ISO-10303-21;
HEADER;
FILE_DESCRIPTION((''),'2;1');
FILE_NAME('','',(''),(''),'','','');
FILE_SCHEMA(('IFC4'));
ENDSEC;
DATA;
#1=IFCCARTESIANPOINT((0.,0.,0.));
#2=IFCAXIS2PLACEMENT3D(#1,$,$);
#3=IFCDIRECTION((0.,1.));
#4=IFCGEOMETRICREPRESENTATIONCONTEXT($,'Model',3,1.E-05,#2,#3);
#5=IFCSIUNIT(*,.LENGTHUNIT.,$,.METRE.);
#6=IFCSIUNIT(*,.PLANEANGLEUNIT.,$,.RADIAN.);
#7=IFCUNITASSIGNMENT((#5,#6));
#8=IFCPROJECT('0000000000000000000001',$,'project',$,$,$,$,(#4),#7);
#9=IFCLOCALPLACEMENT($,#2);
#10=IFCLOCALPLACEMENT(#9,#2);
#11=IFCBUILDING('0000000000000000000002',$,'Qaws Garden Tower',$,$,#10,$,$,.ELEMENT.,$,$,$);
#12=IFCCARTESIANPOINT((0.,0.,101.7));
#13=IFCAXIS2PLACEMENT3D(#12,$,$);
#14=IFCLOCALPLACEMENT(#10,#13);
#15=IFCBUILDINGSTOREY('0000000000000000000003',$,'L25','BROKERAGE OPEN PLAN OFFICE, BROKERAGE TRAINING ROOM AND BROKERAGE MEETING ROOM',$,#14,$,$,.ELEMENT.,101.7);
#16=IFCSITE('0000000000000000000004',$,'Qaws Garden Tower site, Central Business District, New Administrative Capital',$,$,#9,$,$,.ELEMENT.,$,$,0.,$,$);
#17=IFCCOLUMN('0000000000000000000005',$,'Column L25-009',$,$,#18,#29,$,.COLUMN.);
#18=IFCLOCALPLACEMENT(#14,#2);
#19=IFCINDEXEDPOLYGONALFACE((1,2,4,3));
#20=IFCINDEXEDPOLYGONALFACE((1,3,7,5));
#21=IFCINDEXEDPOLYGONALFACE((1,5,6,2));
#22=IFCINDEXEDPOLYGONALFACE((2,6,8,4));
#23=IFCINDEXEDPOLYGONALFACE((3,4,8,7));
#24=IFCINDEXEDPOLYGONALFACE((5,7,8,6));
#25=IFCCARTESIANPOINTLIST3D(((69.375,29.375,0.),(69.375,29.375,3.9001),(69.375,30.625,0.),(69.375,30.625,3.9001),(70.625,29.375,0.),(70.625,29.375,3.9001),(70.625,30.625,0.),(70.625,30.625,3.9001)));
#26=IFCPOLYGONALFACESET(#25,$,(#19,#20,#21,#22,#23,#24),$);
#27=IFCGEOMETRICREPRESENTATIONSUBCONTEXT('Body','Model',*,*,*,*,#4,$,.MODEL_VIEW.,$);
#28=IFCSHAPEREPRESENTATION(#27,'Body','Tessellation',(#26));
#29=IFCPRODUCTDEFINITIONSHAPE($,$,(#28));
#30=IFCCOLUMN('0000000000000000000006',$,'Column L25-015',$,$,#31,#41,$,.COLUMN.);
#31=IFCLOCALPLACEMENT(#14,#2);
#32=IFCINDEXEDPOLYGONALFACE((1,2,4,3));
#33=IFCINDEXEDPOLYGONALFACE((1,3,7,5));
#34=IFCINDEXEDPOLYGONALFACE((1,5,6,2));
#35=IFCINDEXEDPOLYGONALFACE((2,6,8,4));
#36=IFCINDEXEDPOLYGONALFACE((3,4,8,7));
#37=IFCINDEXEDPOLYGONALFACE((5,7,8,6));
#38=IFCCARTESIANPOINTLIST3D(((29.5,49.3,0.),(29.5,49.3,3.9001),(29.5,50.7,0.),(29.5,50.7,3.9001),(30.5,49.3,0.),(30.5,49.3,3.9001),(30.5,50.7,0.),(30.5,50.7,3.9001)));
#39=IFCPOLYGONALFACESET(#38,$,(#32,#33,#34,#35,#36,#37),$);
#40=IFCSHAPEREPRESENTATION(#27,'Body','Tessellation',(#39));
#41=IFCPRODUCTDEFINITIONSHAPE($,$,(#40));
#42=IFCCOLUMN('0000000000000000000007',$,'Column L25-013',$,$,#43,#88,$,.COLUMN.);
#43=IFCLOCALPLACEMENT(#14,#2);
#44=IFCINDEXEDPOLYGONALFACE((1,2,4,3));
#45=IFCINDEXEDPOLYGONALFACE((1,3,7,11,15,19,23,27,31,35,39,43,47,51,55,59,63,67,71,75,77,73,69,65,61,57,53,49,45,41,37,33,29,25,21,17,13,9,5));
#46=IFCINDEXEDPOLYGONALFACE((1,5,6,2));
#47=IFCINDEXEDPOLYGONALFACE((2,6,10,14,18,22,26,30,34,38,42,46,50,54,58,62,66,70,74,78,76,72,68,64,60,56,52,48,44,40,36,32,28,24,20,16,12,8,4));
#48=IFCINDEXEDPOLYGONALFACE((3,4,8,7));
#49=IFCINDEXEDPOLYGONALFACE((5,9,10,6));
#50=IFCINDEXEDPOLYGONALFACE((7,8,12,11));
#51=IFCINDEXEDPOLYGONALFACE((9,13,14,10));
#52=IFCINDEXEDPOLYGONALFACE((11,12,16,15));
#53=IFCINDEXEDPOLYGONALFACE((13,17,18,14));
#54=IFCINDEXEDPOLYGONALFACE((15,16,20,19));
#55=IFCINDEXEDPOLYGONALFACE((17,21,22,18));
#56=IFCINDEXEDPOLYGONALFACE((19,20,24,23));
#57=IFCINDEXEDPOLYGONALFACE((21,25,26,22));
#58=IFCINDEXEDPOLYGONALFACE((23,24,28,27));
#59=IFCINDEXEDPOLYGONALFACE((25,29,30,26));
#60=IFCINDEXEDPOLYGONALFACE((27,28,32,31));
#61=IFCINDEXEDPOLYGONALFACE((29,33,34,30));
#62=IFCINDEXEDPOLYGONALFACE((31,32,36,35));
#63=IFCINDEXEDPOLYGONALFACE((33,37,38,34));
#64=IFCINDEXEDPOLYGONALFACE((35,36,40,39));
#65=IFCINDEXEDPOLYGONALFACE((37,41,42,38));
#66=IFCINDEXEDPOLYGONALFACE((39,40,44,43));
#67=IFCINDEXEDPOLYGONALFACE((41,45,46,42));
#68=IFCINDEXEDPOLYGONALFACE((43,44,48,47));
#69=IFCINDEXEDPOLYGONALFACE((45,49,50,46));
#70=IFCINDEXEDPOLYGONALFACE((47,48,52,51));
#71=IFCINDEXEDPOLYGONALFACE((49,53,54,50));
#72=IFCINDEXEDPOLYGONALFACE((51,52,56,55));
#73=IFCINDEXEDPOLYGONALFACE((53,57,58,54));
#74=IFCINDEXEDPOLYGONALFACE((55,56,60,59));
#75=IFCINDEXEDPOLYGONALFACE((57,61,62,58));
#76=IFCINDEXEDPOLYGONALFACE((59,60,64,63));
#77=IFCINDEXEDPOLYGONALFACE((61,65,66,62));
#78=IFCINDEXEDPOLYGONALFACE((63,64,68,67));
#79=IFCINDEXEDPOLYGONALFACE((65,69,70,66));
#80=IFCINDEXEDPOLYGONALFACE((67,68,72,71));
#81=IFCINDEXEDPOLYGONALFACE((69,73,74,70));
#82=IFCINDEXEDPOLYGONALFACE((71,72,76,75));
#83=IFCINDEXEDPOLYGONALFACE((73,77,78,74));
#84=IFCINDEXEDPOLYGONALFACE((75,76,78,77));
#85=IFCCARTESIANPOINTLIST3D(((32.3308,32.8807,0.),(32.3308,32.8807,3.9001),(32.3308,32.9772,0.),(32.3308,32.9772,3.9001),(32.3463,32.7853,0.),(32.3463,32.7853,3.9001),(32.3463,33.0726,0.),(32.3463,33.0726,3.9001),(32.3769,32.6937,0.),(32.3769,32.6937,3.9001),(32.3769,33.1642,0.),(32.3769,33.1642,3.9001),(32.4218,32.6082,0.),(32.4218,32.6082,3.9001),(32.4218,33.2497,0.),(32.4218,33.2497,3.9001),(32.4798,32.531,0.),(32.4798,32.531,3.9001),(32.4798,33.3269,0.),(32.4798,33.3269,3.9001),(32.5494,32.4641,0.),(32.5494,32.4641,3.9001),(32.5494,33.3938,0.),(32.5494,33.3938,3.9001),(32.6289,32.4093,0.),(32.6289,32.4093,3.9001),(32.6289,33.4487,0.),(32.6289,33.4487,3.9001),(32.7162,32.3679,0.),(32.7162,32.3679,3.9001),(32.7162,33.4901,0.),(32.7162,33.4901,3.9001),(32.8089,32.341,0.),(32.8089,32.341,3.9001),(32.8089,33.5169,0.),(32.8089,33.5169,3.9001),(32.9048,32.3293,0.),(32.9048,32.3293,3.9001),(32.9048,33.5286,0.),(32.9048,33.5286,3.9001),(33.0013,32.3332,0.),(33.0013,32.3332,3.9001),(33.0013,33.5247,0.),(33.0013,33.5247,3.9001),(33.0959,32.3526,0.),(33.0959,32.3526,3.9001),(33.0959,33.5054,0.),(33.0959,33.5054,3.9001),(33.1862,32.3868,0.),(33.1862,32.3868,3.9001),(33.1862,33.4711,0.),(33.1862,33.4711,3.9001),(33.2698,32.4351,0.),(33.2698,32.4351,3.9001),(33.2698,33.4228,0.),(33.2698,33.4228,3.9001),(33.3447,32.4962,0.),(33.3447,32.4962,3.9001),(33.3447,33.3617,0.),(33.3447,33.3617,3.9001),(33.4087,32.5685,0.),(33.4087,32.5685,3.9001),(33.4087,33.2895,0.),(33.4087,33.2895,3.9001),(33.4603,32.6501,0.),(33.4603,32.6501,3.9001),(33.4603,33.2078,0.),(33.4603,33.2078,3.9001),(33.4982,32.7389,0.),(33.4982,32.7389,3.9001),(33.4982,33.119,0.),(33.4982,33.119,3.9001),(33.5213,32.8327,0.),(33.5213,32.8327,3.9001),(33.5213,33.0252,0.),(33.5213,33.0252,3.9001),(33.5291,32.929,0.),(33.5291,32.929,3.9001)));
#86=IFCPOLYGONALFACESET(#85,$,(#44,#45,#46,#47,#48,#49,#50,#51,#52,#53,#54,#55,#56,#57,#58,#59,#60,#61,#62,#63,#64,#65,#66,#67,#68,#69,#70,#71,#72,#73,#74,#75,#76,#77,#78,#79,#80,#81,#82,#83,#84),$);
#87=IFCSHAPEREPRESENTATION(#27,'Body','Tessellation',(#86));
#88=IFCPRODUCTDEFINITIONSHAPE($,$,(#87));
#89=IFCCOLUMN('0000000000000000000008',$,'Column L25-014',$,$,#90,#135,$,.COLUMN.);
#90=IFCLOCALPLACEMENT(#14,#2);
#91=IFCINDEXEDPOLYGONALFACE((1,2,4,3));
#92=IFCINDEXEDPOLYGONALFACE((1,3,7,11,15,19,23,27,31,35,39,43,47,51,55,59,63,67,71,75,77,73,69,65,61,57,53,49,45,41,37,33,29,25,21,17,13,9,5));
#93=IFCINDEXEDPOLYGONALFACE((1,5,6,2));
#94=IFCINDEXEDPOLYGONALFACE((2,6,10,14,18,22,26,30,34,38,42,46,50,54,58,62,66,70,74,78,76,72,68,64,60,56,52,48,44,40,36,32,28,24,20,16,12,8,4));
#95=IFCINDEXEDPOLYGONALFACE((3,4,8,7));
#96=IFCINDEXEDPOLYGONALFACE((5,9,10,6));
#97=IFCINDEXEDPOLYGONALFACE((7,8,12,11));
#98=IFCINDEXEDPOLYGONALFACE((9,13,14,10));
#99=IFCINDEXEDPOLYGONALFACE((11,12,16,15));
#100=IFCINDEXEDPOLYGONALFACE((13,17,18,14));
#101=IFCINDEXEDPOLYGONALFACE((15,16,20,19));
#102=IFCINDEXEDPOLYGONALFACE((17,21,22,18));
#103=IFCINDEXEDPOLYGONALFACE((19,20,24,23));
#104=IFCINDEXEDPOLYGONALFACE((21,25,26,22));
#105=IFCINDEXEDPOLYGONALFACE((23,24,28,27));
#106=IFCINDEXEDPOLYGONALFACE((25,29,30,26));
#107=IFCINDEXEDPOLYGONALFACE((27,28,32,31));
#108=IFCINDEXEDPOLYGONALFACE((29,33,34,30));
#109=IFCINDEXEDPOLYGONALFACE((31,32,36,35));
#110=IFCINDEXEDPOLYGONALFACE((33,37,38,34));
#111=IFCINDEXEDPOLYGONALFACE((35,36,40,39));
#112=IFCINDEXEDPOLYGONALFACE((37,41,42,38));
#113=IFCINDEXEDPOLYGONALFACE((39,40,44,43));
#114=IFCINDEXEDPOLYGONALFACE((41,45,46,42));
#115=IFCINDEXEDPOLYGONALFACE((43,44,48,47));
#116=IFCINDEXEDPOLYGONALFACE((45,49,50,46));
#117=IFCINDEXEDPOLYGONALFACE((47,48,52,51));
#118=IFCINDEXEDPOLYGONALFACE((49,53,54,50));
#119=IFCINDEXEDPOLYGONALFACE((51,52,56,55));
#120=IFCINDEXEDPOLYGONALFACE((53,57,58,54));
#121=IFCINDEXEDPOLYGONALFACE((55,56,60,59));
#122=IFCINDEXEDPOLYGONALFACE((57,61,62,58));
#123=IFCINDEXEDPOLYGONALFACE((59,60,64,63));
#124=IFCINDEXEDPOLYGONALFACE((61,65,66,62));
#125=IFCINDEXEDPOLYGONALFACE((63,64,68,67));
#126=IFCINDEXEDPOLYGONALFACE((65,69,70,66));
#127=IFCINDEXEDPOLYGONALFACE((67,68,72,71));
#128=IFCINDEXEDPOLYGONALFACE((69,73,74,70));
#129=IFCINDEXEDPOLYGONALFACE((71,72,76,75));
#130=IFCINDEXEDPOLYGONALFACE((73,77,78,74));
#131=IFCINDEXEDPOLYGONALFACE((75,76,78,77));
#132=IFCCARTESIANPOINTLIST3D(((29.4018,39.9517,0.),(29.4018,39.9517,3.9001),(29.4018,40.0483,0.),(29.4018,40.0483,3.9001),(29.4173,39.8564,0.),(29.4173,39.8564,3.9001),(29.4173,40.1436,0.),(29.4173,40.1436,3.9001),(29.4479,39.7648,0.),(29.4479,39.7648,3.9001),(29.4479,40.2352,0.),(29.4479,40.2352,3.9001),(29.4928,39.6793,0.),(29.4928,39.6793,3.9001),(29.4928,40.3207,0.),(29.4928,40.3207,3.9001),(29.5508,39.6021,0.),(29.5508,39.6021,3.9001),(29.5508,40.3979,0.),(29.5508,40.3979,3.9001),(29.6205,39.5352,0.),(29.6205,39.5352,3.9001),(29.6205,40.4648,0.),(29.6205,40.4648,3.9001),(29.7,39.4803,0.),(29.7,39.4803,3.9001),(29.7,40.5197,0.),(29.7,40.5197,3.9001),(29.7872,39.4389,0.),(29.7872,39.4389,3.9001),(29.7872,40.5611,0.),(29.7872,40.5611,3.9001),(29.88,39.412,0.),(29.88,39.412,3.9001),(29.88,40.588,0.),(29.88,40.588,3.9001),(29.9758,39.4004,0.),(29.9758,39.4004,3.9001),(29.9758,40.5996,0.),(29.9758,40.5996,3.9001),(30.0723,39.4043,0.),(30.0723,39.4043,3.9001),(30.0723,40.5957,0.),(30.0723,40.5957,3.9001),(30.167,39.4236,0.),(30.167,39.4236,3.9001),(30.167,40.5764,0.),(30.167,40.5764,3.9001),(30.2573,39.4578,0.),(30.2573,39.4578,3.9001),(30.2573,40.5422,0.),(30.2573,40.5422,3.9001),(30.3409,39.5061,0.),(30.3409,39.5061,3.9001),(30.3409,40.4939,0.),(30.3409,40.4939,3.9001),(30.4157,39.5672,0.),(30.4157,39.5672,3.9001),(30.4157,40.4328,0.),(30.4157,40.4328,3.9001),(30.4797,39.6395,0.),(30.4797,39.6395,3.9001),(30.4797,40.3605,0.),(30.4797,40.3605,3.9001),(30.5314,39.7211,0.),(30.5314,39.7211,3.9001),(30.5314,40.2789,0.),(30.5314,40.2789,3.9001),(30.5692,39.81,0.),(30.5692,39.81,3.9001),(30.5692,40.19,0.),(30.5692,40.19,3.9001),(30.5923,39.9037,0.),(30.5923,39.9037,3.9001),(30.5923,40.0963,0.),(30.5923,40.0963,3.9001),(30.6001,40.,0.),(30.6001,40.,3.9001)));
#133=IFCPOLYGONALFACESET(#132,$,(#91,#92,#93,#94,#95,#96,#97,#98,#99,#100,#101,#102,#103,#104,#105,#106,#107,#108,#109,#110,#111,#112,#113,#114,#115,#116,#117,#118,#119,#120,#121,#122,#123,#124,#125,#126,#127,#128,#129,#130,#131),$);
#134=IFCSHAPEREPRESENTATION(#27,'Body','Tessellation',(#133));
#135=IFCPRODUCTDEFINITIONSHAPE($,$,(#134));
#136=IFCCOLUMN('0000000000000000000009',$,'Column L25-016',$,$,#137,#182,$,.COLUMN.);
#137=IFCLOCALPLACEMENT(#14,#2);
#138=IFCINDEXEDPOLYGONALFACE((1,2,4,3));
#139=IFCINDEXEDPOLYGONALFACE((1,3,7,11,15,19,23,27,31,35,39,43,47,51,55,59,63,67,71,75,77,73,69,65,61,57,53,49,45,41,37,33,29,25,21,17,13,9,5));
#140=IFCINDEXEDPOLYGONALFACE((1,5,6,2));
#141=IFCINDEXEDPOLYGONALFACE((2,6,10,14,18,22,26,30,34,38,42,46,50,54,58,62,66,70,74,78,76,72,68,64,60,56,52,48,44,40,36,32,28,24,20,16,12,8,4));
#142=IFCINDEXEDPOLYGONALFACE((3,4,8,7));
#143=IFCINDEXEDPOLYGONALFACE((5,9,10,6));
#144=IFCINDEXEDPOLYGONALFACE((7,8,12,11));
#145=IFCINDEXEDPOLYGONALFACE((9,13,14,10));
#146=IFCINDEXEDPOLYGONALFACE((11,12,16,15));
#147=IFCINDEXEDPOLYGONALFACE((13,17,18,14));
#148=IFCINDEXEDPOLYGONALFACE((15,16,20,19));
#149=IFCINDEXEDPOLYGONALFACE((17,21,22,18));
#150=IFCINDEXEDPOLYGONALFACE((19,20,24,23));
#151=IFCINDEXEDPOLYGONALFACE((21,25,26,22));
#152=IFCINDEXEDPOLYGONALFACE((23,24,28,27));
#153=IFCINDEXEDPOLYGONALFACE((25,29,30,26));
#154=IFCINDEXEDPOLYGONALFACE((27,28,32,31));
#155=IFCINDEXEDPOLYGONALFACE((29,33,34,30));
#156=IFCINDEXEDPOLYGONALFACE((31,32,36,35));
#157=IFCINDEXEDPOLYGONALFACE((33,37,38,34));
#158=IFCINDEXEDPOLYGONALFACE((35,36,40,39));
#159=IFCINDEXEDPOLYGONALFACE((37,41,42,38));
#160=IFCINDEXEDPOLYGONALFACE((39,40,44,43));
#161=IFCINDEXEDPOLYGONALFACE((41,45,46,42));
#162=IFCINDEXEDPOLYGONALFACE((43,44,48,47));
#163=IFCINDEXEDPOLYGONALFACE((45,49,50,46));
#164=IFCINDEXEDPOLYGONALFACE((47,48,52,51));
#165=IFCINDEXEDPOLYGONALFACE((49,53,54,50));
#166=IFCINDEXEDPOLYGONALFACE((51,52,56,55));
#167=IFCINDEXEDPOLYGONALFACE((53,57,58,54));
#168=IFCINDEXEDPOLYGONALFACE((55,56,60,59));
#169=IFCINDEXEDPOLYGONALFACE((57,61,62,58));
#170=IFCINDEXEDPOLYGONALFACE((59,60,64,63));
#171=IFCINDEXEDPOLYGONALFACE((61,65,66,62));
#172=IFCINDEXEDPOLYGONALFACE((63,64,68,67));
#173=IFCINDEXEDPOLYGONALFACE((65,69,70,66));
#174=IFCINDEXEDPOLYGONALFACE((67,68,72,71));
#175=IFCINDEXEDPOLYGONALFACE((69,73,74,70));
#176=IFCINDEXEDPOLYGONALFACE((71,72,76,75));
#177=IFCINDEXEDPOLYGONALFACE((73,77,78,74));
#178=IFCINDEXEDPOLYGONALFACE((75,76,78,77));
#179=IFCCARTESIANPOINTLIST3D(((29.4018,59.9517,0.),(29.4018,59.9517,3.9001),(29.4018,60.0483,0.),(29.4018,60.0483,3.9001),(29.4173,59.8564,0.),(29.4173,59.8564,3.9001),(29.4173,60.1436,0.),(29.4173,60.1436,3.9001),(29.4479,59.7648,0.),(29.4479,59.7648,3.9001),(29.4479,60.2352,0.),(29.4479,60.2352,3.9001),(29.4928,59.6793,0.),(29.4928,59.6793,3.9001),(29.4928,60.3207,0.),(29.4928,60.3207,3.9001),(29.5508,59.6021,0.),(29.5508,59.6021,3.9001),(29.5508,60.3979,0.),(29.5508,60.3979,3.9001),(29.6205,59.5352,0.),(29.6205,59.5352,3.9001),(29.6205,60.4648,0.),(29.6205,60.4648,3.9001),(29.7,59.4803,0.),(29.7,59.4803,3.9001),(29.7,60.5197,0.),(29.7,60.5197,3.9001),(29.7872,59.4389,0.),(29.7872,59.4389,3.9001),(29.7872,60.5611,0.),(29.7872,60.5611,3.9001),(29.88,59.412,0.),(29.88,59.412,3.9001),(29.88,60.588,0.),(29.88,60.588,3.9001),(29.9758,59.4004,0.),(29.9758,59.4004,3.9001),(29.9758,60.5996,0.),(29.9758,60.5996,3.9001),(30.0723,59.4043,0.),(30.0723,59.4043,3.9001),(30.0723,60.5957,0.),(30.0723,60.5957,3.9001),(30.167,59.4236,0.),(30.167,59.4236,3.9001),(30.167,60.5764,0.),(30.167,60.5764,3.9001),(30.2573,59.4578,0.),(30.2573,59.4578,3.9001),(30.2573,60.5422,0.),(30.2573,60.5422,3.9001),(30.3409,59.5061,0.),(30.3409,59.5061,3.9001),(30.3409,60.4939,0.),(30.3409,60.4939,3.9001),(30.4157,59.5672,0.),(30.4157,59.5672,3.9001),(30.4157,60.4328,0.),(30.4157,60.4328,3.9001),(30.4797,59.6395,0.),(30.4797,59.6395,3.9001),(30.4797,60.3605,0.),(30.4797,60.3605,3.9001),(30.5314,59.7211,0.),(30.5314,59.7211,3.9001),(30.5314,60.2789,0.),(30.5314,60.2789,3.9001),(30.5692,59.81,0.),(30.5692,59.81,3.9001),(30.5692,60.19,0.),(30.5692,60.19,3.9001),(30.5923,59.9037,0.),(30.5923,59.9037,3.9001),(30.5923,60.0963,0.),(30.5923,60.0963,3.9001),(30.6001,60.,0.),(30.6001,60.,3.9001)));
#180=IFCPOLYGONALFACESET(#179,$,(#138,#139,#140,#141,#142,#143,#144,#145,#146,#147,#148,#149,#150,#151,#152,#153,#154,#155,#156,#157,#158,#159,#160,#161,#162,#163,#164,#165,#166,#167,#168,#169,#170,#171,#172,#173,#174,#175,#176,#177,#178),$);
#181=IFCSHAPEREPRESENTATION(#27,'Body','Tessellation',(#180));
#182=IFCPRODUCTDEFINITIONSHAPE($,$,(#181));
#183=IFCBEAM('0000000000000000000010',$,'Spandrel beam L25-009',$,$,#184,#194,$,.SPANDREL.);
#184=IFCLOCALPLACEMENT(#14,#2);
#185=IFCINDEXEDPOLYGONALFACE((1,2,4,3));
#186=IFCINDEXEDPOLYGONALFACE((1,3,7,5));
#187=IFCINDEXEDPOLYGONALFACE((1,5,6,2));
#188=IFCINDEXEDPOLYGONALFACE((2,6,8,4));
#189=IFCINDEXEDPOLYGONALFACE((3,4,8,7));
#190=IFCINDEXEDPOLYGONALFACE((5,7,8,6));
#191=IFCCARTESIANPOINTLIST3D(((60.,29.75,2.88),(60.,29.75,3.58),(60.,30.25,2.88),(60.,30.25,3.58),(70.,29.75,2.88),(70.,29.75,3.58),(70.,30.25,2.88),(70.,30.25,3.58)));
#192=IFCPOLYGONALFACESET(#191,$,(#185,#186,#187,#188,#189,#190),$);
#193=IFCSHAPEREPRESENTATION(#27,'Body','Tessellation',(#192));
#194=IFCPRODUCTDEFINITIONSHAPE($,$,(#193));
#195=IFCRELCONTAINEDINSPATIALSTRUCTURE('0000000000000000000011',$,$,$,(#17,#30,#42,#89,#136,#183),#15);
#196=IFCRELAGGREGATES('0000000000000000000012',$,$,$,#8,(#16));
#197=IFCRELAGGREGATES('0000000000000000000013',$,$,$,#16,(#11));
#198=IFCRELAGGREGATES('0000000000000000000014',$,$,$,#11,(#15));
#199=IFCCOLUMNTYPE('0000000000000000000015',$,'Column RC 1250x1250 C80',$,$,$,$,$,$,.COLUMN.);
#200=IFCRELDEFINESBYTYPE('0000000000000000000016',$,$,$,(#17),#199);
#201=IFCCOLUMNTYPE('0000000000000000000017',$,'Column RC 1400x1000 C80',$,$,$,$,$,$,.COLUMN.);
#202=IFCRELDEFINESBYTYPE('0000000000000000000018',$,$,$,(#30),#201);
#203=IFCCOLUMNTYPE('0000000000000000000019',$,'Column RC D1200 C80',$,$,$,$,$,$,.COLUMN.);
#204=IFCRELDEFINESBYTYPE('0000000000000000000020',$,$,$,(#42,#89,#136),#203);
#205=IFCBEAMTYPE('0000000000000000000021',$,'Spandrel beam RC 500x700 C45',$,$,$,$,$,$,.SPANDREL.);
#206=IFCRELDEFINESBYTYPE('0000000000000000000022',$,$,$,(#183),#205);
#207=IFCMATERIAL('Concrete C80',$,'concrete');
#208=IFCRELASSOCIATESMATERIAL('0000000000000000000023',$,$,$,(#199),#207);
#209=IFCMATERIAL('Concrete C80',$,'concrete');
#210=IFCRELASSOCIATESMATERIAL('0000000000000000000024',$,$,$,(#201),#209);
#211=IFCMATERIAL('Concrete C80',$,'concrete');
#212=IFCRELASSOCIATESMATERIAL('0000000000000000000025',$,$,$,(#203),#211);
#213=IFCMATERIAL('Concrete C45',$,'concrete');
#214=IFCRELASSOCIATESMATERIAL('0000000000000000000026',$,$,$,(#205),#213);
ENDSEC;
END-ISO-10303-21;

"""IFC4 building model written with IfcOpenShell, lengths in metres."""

from ifc_helpers import new_model, si_unit, direction, frame, origin, origin_2d, place, context, subcontext, project, spatial, rectangle, circle, extrude, material, material_profile, profile_set, type_object, element, save


model = new_model("IFC4")

# Units and contexts
model_context = context("Model", 3, precision=1e-05, world=origin(), true_north=direction((0.0, 1.0)))
body_context = subcontext(model_context, "Body", "Model", "MODEL_VIEW")
ifc_project = project(units=[si_unit("LENGTHUNIT", "METRE"), si_unit("PLANEANGLEUNIT", "RADIAN")], contexts=[model_context])

# Site, building, storey
site_placement = place(None, origin())
site = spatial("IfcSite", under=ifc_project, at=site_placement, Name="Qaws Garden Tower site, Central Business District, New Administrative Capital", CompositionType="ELEMENT", RefElevation=0.0)
building_placement = place(site_placement, origin())
building = spatial("IfcBuilding", under=site, at=building_placement, Name="Qaws Garden Tower", CompositionType="ELEMENT")
storey_placement = place(building_placement, frame((0.0, 0.0, 101.7)))
storey = spatial("IfcBuildingStorey", under=building, at=storey_placement, Name="L25", Description="BROKERAGE OPEN PLAN OFFICE, BROKERAGE TRAINING ROOM AND BROKERAGE MEETING ROOM", CompositionType="ELEMENT", Elevation=101.7)

# Columns
ifc_material_1 = material(Name="Concrete C80", Category="concrete")
ifc_material_profile_1 = material_profile(ifc_material_1, rectangle(XDim=1.25, YDim=1.25, at=origin_2d()), Name="RC 1250x1250")
ifc_profile_set_1 = profile_set([ifc_material_profile_1], Name="Concrete C80")
column_type_1 = type_object("IfcColumnType", Name="Column RC 1250x1250 C80", PredefinedType="COLUMN", material=ifc_profile_set_1)
column_1_placement = place(storey_placement, frame((70.0, 30.0, 0.0), z_axis=(0.0, 0.0, 1.0), x_axis=(1.0, 0.0, 0.0)))
element("IfcColumn", 1, at=column_1_placement, inside=storey, type_object=column_type_1, Name="Column L25-009", PredefinedType="COLUMN", context=body_context, shape_type="SweptSolid", body=[
    extrude(rectangle(XDim=1.25, YDim=1.25, at=origin_2d()), origin(), (0.0, 0.0, 1.0), 3.9001),
])
ifc_material_2 = material(Name="Concrete C80", Category="concrete")
ifc_material_profile_2 = material_profile(ifc_material_2, rectangle(XDim=1.3999, YDim=1.0, at=origin_2d()), Name="RC 1400x1000")
ifc_profile_set_2 = profile_set([ifc_material_profile_2], Name="Concrete C80")
column_type_2 = type_object("IfcColumnType", Name="Column RC 1400x1000 C80", PredefinedType="COLUMN", material=ifc_profile_set_2)
column_2_placement = place(storey_placement, frame((30.0, 50.0, 0.0), z_axis=(0.0, 0.0, 1.0), x_axis=(0.0, 1.0, 0.0)))
element("IfcColumn", 2, at=column_2_placement, inside=storey, type_object=column_type_2, Name="Column L25-015", PredefinedType="COLUMN", context=body_context, shape_type="SweptSolid", body=[
    extrude(rectangle(XDim=1.3999, YDim=1.0, at=origin_2d()), origin(), (0.0, 0.0, 1.0), 3.9001),
])
ifc_material_3 = material(Name="Concrete C80", Category="concrete")
ifc_material_profile_3 = material_profile(ifc_material_3, circle(Radius=0.6001, at=origin_2d()), Name="RC D1200")
ifc_profile_set_3 = profile_set([ifc_material_profile_3], Name="Concrete C80")
column_type_3 = type_object("IfcColumnType", Name="Column RC D1200 C80", PredefinedType="COLUMN", material=ifc_profile_set_3)
for number, where, z_axis, x_axis, name in (
    (3, (32.929, 32.929, 0.0), (0.0, 0.0, 1.0), (1.0, 0.0, 0.0), "Column L25-013"),
    (4, (30.0, 40.0, 0.0), (0.0, 0.0, 1.0), (1.0, 0.0, 0.0), "Column L25-014"),
    (5, (30.0, 60.0, 0.0), (0.0, 0.0, 1.0), (1.0, 0.0, 0.0), "Column L25-016"),
):
    element("IfcColumn", number, at=place(storey_placement, frame(where, z_axis=z_axis, x_axis=x_axis)), inside=storey, type_object=column_type_3, Name=name, PredefinedType="COLUMN", context=body_context, shape_type="SweptSolid", body=[
        extrude(circle(Radius=0.6001, at=origin_2d()), origin(), (0.0, 0.0, 1.0), 3.9001),
    ])

# Beam
ifc_material_4 = material(Name="Concrete C45", Category="concrete")
ifc_material_profile_4 = material_profile(ifc_material_4, rectangle(XDim=0.5, YDim=0.7, at=origin_2d()), Name="RC 500x700")
ifc_profile_set_4 = profile_set([ifc_material_profile_4], Name="Concrete C45")
beam_type = type_object("IfcBeamType", Name="Spandrel beam RC 500x700 C45", PredefinedType="SPANDREL", material=ifc_profile_set_4)
beam_1_placement = place(storey_placement, frame((70.0, 30.0, 3.23), z_axis=(-1.0, 0.0, 0.0), x_axis=(0.0, -1.0, 0.0)))
element("IfcBeam", 6, at=beam_1_placement, inside=storey, type_object=beam_type, Name="Spandrel beam L25-009", PredefinedType="SPANDREL", context=body_context, shape_type="SweptSolid", body=[
    extrude(rectangle(XDim=0.5, YDim=0.7, at=origin_2d()), origin(), (0.0, 0.0, 1.0), 10.0),
])

save(model, "model.ifc")
